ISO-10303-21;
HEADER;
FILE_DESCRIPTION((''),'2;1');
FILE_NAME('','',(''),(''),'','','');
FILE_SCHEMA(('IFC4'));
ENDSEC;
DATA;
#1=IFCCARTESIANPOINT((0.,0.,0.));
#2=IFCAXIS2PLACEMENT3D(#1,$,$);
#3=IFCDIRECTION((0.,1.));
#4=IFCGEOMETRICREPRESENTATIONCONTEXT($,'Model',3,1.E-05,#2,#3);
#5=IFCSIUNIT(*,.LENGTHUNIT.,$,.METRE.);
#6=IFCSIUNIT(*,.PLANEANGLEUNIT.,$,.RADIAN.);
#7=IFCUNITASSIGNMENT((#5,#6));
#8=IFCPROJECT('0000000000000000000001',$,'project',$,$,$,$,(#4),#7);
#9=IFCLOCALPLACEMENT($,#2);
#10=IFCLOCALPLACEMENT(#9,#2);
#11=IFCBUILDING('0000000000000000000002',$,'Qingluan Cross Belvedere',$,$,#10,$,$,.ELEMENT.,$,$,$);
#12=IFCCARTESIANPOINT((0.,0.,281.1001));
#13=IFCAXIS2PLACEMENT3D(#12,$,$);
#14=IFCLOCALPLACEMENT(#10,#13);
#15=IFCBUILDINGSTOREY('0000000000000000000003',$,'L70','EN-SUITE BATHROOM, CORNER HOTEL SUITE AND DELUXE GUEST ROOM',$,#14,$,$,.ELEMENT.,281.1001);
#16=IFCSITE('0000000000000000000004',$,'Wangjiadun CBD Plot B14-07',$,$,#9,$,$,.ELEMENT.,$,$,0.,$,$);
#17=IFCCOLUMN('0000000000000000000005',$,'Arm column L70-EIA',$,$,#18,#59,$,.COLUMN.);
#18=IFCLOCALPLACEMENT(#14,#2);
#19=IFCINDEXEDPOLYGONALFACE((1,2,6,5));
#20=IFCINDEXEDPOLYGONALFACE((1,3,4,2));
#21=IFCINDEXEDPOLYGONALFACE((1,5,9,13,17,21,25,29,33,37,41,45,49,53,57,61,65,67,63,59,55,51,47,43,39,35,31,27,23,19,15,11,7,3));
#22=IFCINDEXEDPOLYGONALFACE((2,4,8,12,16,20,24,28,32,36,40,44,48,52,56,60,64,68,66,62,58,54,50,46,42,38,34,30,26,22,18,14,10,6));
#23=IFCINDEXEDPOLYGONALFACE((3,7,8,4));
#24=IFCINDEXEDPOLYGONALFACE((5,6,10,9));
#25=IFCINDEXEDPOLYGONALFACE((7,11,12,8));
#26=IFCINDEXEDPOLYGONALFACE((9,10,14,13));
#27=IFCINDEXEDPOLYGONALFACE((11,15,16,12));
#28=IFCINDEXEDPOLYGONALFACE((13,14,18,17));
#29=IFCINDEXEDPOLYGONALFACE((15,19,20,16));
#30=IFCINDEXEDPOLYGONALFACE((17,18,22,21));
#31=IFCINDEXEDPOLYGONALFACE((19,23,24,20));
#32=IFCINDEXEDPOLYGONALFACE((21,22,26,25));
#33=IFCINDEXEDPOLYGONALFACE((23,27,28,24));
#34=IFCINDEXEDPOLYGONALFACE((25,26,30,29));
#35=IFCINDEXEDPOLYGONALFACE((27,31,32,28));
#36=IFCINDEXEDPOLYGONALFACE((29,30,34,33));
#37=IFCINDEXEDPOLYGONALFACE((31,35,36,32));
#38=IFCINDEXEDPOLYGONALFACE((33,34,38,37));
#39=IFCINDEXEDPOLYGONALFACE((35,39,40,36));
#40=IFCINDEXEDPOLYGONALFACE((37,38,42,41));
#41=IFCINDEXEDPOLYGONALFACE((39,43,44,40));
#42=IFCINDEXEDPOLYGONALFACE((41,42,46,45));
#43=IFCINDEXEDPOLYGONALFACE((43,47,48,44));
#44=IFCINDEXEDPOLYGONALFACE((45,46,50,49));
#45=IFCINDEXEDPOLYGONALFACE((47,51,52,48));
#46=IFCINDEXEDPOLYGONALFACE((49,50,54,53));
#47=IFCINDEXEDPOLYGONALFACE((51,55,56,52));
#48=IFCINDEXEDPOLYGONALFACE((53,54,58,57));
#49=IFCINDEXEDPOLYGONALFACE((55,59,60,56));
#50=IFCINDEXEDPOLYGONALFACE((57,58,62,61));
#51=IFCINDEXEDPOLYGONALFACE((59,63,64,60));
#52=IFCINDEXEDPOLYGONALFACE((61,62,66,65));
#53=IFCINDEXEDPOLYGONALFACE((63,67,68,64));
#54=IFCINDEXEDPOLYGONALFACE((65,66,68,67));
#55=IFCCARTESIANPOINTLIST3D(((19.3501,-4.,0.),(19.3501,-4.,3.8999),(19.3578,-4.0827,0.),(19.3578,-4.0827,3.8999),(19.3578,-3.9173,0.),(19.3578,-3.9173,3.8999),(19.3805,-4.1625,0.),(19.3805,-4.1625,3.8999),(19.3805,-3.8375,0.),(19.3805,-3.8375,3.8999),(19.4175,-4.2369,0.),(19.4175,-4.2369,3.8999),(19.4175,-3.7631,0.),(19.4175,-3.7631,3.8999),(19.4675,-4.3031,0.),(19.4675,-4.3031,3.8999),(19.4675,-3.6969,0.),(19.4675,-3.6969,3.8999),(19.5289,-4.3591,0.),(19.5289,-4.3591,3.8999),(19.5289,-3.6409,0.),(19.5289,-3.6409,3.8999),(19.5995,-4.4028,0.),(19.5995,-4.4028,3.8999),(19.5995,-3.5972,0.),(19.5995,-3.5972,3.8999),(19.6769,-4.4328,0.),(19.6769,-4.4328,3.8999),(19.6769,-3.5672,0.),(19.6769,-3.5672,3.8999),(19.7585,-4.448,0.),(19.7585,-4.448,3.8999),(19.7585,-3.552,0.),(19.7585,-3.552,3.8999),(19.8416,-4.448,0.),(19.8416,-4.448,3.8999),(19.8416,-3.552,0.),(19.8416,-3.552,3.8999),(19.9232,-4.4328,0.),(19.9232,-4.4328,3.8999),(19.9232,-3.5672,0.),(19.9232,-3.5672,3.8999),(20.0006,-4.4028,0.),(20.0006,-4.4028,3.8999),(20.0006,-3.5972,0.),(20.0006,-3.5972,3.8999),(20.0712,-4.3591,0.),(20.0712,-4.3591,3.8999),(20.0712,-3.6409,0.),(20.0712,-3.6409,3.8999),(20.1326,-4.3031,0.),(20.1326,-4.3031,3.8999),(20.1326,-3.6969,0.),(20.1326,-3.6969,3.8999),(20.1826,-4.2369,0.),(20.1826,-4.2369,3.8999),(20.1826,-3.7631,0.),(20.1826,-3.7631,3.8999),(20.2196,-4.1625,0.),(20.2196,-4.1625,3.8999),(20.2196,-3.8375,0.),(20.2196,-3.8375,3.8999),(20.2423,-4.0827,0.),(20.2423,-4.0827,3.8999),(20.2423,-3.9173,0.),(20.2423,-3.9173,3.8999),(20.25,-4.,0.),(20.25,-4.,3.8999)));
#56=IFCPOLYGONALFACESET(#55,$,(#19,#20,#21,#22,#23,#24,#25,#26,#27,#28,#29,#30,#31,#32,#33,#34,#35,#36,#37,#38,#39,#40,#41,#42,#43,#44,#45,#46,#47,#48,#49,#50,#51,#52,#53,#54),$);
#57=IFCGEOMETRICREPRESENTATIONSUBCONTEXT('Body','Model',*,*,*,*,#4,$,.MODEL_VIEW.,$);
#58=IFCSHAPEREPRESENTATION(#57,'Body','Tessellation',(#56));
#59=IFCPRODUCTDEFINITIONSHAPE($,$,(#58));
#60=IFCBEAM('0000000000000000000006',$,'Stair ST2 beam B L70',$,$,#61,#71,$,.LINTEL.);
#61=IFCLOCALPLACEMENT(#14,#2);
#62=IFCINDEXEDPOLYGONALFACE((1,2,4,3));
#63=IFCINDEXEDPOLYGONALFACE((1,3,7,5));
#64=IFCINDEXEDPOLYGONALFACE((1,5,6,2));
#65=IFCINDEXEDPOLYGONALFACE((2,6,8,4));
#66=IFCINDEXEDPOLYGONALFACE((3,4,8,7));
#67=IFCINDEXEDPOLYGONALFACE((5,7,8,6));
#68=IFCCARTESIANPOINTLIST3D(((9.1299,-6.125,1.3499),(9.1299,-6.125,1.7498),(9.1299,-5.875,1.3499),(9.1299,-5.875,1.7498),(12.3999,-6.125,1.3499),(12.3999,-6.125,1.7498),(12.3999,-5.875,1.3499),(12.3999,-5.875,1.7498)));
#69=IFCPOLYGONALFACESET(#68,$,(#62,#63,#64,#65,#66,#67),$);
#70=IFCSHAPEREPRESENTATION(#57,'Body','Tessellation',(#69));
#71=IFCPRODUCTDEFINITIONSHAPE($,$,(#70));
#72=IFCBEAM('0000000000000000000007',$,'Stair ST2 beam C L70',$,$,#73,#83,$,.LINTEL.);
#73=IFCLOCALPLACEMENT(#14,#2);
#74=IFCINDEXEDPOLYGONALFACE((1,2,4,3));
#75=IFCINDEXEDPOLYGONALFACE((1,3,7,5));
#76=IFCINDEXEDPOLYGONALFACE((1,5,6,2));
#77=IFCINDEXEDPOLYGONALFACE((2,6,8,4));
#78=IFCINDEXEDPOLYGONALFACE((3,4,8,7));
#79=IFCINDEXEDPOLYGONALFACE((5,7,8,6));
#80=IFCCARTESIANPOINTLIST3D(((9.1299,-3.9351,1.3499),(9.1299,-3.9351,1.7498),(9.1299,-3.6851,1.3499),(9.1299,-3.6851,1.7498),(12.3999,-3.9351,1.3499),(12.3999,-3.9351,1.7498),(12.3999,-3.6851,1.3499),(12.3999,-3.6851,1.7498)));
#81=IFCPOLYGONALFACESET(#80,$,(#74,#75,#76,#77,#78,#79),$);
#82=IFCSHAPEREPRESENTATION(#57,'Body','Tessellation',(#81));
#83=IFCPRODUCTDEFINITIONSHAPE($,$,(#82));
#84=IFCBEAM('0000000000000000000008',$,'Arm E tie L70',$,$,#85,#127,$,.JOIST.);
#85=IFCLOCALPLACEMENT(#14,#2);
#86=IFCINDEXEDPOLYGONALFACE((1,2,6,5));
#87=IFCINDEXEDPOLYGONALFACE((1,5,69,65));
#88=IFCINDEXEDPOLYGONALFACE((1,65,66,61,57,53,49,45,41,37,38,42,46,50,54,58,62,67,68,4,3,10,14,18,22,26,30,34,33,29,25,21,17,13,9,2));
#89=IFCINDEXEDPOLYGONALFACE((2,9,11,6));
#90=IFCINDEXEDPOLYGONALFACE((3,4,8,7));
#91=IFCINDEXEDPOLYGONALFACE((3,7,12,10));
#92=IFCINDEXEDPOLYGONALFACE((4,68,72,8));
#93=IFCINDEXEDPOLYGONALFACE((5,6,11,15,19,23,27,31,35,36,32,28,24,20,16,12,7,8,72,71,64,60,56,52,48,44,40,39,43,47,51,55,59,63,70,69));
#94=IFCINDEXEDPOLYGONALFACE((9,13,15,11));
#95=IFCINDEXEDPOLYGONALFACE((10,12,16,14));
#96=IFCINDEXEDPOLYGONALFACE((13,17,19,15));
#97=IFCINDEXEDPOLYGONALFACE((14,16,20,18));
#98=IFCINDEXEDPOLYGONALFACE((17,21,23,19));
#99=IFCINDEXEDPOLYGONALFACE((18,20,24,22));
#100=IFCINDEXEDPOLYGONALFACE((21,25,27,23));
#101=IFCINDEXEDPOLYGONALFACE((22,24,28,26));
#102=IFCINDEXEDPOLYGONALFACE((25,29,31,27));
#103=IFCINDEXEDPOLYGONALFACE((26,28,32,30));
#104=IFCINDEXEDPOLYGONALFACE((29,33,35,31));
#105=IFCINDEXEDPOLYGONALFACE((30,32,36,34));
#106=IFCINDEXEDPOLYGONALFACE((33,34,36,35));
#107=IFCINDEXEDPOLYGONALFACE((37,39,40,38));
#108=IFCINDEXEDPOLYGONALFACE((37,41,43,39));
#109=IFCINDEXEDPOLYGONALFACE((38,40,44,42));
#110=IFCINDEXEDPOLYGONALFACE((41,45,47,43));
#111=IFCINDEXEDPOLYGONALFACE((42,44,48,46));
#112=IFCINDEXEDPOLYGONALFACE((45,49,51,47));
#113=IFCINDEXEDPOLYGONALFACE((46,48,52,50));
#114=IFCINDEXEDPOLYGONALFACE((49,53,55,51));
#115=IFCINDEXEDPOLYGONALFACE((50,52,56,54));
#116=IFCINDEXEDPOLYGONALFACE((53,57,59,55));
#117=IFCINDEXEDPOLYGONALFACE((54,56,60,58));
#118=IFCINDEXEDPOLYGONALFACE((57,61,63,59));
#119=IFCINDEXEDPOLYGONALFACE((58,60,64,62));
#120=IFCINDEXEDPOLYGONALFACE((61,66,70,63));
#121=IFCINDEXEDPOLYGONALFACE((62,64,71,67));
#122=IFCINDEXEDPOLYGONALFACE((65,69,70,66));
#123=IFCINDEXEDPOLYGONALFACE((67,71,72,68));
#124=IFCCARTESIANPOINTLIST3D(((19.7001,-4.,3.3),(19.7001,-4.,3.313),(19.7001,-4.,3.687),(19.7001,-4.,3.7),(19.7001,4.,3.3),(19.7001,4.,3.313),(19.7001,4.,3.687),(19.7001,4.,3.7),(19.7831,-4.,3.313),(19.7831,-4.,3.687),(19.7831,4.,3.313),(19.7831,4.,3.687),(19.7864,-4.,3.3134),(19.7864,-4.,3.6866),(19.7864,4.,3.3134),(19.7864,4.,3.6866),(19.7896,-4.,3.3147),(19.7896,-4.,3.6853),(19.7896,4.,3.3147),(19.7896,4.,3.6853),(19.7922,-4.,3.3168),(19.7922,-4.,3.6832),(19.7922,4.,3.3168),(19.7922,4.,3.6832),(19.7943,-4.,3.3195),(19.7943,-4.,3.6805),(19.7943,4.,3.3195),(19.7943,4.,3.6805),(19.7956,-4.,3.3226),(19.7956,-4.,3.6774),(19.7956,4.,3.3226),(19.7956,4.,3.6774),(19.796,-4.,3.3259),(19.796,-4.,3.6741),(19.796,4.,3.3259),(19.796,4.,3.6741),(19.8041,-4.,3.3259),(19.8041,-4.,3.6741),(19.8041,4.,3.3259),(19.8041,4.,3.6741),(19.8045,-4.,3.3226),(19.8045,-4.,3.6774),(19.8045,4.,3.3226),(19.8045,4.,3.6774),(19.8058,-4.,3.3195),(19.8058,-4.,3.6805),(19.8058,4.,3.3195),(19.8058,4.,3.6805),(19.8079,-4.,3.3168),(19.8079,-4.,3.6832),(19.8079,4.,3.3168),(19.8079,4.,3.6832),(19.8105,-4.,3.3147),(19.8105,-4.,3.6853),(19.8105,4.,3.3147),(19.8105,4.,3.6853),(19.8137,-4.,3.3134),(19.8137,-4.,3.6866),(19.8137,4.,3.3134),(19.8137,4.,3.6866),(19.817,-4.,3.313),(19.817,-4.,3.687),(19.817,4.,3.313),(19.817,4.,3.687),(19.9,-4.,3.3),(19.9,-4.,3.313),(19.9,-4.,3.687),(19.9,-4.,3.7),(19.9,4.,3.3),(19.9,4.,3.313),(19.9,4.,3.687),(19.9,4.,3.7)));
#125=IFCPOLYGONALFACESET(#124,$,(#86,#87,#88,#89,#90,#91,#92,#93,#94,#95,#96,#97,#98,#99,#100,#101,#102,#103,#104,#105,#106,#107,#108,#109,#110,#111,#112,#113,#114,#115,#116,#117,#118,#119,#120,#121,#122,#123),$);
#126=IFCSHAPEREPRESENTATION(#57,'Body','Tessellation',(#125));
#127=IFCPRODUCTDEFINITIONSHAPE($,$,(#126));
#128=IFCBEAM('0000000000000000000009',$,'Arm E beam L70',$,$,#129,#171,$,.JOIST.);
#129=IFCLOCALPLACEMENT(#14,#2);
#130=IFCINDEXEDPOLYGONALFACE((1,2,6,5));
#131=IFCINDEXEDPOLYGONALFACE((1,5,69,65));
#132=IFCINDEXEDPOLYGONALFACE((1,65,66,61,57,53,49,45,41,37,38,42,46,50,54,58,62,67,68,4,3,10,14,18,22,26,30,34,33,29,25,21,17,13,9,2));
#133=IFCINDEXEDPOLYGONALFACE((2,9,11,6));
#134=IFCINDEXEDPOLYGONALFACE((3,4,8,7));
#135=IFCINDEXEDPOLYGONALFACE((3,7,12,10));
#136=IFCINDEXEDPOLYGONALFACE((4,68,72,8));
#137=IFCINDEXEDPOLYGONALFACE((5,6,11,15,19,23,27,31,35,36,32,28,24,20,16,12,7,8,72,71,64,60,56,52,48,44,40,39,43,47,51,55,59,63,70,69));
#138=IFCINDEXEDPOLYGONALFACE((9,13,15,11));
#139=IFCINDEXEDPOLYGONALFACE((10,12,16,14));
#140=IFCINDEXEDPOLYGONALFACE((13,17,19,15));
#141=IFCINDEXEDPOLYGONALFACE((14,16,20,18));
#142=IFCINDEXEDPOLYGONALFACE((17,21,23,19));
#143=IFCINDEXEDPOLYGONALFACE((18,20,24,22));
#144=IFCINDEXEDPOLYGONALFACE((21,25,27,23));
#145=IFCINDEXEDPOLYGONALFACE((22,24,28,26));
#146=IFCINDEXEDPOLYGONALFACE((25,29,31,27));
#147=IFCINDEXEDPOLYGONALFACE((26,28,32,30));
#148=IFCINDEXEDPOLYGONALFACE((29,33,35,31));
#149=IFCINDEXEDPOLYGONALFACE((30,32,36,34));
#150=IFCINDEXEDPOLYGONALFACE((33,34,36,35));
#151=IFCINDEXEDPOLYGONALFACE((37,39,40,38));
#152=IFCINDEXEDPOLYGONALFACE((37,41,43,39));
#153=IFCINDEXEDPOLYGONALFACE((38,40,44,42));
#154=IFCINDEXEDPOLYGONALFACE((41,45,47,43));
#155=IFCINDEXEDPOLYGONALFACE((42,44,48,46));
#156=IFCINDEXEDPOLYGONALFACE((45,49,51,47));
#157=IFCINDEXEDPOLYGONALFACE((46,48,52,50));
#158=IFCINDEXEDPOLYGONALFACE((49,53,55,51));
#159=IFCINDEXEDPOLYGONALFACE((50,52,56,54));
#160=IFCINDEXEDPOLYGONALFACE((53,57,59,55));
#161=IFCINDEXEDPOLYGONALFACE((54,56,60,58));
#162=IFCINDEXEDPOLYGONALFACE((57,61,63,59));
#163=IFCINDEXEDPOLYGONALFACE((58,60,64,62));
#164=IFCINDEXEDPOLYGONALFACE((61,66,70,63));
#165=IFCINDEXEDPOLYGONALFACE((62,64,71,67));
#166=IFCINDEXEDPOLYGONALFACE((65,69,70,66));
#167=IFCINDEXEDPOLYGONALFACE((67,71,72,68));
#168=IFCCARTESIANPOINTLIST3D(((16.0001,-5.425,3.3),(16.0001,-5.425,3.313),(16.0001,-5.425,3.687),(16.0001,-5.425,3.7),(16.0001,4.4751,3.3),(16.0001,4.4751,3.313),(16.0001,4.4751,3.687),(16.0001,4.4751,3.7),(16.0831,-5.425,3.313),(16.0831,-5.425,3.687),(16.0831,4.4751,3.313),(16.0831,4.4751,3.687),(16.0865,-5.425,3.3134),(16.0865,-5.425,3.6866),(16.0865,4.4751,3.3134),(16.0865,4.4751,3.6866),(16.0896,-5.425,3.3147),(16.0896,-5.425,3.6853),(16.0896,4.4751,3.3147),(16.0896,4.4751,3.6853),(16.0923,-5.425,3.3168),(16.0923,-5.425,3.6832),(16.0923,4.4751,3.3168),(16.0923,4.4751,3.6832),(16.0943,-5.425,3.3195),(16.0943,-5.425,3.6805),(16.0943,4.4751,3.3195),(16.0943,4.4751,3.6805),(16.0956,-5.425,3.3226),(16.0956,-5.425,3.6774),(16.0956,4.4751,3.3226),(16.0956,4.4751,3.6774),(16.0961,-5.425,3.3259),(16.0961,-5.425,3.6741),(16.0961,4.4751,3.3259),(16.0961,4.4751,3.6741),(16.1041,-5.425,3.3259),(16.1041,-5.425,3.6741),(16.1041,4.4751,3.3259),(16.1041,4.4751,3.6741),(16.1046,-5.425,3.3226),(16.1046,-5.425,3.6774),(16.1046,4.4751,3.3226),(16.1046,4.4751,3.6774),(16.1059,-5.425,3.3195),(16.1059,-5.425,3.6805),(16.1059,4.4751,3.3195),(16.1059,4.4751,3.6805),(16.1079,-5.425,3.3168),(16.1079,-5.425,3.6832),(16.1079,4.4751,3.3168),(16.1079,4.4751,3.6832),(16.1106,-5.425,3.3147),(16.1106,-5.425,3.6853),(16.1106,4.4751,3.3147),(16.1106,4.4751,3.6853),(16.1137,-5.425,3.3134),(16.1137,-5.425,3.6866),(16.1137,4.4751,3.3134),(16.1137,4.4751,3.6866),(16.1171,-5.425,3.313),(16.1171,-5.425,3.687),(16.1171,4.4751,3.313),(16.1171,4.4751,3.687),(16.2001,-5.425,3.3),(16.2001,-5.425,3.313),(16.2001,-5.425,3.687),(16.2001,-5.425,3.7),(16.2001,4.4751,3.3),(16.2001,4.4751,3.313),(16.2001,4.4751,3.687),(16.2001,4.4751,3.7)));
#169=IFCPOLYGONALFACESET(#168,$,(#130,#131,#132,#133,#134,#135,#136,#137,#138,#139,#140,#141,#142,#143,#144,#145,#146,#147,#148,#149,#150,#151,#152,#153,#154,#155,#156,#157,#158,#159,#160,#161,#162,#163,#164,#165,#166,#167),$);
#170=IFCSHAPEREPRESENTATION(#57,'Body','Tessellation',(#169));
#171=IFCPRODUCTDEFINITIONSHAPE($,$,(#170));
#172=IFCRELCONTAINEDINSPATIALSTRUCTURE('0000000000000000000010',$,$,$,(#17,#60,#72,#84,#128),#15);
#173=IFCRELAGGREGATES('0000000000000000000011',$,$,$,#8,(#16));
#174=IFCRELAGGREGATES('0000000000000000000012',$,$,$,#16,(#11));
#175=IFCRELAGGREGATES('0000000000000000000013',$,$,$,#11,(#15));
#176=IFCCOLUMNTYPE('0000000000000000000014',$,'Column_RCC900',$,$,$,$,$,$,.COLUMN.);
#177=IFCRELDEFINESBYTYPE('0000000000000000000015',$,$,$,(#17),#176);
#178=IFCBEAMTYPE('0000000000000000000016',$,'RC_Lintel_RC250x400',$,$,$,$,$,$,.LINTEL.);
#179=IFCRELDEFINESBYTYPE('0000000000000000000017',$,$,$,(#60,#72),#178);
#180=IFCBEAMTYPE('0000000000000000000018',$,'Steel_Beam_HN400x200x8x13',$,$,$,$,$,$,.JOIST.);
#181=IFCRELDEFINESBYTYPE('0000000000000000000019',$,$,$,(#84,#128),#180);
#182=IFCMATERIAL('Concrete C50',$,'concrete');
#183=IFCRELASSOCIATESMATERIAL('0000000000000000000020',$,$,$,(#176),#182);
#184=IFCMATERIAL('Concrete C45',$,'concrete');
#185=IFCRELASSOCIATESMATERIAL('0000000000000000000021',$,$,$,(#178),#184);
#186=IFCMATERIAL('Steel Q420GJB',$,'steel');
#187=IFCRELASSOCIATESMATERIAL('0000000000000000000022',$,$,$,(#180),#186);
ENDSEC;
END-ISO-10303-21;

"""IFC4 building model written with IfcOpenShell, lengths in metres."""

from ifc_helpers import new_model, si_unit, direction, frame, origin, origin_2d, place, context, subcontext, project, spatial, rectangle, circle, i_section, extrude, material, material_profile, profile_set, type_object, element, save


model = new_model("IFC4")

# Units and contexts
model_context = context("Model", 3, precision=1e-05, world=origin(), true_north=direction((0.0, 1.0)))
body_context = subcontext(model_context, "Body", "Model", "MODEL_VIEW")
ifc_project = project(units=[si_unit("LENGTHUNIT", "METRE"), si_unit("PLANEANGLEUNIT", "RADIAN")], contexts=[model_context])

# Site, building, storey
site_placement = place(None, origin())
site = spatial("IfcSite", under=ifc_project, at=site_placement, Name="Wangjiadun CBD Plot B14-07", CompositionType="ELEMENT", RefElevation=0.0)
building_placement = place(site_placement, origin())
building = spatial("IfcBuilding", under=site, at=building_placement, Name="Qingluan Cross Belvedere", CompositionType="ELEMENT")
storey_placement = place(building_placement, frame((0.0, 0.0, 281.1001)))
storey = spatial("IfcBuildingStorey", under=building, at=storey_placement, Name="L70", Description="EN-SUITE BATHROOM, CORNER HOTEL SUITE AND DELUXE GUEST ROOM", CompositionType="ELEMENT", Elevation=281.1001)

# Column
ifc_material_1 = material(Name="Concrete C50", Category="concrete")
ifc_material_profile_1 = material_profile(ifc_material_1, circle(Radius=0.45, at=origin_2d()), Name="RCC900")
ifc_profile_set_1 = profile_set([ifc_material_profile_1], Name="Concrete C50")
column_type = type_object("IfcColumnType", Name="Column_RCC900", PredefinedType="COLUMN", material=ifc_profile_set_1)
column_placement = place(storey_placement, frame((19.8, -4.0, 0.0), z_axis=(0.0, 0.0, 1.0), x_axis=(1.0, 0.0, 0.0)))
element("IfcColumn", 1, at=column_placement, inside=storey, type_object=column_type, Name="Arm column L70-EIA", PredefinedType="COLUMN", context=body_context, shape_type="SweptSolid", body=[
    extrude(circle(Radius=0.45, at=origin_2d()), origin(), (0.0, 0.0, 1.0), 3.8999),
])

# Beams
ifc_material_2 = material(Name="Concrete C45", Category="concrete")
ifc_material_profile_2 = material_profile(ifc_material_2, rectangle(XDim=0.25, YDim=0.3999, at=origin_2d()), Name="RC250x400")
ifc_profile_set_2 = profile_set([ifc_material_profile_2], Name="Concrete C45")
beam_type_1 = type_object("IfcBeamType", Name="RC_Lintel_RC250x400", PredefinedType="LINTEL", material=ifc_profile_set_2)
for number, where, z_axis, x_axis, name in (
    (2, (12.3999, -6.0, 1.5498), (-1.0, 0.0, 0.0), (0.0, -1.0, 0.0), "Stair ST2 beam B L70"),
    (3, (12.3999, -3.8101, 1.5498), (-1.0, 0.0, 0.0), (0.0, -1.0, 0.0), "Stair ST2 beam C L70"),
):
    element("IfcBeam", number, at=place(storey_placement, frame(where, z_axis=z_axis, x_axis=x_axis)), inside=storey, type_object=beam_type_1, Name=name, PredefinedType="LINTEL", context=body_context, shape_type="SweptSolid", body=[
        extrude(rectangle(XDim=0.25, YDim=0.3999, at=origin_2d()), origin(), (0.0, 0.0, 1.0), 3.27),
    ])
ifc_material_3 = material(Name="Steel Q420GJB", Category="steel")
ifc_material_profile_3 = material_profile(ifc_material_3, i_section(OverallWidth=0.2, OverallDepth=0.3999, WebThickness=0.0081, FlangeThickness=0.0129, FilletRadius=0.0129, at=origin_2d()), Name="HN400x200x8x13")
ifc_profile_set_3 = profile_set([ifc_material_profile_3], Name="Steel Q420GJB")
beam_type_2 = type_object("IfcBeamType", Name="Steel_Beam_HN400x200x8x13", PredefinedType="JOIST", material=ifc_profile_set_3)
beam_1_placement = place(storey_placement, frame((19.8, -4.0, 3.5), z_axis=(0.0, 1.0, 0.0), x_axis=(-1.0, 0.0, 0.0)))
element("IfcBeam", 4, at=beam_1_placement, inside=storey, type_object=beam_type_2, Name="Arm E tie L70", PredefinedType="JOIST", context=body_context, shape_type="SweptSolid", body=[
    extrude(i_section(OverallWidth=0.2, OverallDepth=0.3999, WebThickness=0.0081, FlangeThickness=0.0129, FilletRadius=0.0129, at=origin_2d()), origin(), (0.0, 0.0, 1.0), 8.0),
])
beam_2_placement = place(storey_placement, frame((16.1001, -5.425, 3.5), z_axis=(0.0, 1.0, 0.0), x_axis=(-1.0, 0.0, 0.0)))
element("IfcBeam", 5, at=beam_2_placement, inside=storey, type_object=beam_type_2, Name="Arm E beam L70", PredefinedType="JOIST", context=body_context, shape_type="SweptSolid", body=[
    extrude(i_section(OverallWidth=0.2, OverallDepth=0.3999, WebThickness=0.0081, FlangeThickness=0.0129, FilletRadius=0.0129, at=origin_2d()), origin(), (0.0, 0.0, 1.0), 9.9001),
])

save(model, "model.ifc")
